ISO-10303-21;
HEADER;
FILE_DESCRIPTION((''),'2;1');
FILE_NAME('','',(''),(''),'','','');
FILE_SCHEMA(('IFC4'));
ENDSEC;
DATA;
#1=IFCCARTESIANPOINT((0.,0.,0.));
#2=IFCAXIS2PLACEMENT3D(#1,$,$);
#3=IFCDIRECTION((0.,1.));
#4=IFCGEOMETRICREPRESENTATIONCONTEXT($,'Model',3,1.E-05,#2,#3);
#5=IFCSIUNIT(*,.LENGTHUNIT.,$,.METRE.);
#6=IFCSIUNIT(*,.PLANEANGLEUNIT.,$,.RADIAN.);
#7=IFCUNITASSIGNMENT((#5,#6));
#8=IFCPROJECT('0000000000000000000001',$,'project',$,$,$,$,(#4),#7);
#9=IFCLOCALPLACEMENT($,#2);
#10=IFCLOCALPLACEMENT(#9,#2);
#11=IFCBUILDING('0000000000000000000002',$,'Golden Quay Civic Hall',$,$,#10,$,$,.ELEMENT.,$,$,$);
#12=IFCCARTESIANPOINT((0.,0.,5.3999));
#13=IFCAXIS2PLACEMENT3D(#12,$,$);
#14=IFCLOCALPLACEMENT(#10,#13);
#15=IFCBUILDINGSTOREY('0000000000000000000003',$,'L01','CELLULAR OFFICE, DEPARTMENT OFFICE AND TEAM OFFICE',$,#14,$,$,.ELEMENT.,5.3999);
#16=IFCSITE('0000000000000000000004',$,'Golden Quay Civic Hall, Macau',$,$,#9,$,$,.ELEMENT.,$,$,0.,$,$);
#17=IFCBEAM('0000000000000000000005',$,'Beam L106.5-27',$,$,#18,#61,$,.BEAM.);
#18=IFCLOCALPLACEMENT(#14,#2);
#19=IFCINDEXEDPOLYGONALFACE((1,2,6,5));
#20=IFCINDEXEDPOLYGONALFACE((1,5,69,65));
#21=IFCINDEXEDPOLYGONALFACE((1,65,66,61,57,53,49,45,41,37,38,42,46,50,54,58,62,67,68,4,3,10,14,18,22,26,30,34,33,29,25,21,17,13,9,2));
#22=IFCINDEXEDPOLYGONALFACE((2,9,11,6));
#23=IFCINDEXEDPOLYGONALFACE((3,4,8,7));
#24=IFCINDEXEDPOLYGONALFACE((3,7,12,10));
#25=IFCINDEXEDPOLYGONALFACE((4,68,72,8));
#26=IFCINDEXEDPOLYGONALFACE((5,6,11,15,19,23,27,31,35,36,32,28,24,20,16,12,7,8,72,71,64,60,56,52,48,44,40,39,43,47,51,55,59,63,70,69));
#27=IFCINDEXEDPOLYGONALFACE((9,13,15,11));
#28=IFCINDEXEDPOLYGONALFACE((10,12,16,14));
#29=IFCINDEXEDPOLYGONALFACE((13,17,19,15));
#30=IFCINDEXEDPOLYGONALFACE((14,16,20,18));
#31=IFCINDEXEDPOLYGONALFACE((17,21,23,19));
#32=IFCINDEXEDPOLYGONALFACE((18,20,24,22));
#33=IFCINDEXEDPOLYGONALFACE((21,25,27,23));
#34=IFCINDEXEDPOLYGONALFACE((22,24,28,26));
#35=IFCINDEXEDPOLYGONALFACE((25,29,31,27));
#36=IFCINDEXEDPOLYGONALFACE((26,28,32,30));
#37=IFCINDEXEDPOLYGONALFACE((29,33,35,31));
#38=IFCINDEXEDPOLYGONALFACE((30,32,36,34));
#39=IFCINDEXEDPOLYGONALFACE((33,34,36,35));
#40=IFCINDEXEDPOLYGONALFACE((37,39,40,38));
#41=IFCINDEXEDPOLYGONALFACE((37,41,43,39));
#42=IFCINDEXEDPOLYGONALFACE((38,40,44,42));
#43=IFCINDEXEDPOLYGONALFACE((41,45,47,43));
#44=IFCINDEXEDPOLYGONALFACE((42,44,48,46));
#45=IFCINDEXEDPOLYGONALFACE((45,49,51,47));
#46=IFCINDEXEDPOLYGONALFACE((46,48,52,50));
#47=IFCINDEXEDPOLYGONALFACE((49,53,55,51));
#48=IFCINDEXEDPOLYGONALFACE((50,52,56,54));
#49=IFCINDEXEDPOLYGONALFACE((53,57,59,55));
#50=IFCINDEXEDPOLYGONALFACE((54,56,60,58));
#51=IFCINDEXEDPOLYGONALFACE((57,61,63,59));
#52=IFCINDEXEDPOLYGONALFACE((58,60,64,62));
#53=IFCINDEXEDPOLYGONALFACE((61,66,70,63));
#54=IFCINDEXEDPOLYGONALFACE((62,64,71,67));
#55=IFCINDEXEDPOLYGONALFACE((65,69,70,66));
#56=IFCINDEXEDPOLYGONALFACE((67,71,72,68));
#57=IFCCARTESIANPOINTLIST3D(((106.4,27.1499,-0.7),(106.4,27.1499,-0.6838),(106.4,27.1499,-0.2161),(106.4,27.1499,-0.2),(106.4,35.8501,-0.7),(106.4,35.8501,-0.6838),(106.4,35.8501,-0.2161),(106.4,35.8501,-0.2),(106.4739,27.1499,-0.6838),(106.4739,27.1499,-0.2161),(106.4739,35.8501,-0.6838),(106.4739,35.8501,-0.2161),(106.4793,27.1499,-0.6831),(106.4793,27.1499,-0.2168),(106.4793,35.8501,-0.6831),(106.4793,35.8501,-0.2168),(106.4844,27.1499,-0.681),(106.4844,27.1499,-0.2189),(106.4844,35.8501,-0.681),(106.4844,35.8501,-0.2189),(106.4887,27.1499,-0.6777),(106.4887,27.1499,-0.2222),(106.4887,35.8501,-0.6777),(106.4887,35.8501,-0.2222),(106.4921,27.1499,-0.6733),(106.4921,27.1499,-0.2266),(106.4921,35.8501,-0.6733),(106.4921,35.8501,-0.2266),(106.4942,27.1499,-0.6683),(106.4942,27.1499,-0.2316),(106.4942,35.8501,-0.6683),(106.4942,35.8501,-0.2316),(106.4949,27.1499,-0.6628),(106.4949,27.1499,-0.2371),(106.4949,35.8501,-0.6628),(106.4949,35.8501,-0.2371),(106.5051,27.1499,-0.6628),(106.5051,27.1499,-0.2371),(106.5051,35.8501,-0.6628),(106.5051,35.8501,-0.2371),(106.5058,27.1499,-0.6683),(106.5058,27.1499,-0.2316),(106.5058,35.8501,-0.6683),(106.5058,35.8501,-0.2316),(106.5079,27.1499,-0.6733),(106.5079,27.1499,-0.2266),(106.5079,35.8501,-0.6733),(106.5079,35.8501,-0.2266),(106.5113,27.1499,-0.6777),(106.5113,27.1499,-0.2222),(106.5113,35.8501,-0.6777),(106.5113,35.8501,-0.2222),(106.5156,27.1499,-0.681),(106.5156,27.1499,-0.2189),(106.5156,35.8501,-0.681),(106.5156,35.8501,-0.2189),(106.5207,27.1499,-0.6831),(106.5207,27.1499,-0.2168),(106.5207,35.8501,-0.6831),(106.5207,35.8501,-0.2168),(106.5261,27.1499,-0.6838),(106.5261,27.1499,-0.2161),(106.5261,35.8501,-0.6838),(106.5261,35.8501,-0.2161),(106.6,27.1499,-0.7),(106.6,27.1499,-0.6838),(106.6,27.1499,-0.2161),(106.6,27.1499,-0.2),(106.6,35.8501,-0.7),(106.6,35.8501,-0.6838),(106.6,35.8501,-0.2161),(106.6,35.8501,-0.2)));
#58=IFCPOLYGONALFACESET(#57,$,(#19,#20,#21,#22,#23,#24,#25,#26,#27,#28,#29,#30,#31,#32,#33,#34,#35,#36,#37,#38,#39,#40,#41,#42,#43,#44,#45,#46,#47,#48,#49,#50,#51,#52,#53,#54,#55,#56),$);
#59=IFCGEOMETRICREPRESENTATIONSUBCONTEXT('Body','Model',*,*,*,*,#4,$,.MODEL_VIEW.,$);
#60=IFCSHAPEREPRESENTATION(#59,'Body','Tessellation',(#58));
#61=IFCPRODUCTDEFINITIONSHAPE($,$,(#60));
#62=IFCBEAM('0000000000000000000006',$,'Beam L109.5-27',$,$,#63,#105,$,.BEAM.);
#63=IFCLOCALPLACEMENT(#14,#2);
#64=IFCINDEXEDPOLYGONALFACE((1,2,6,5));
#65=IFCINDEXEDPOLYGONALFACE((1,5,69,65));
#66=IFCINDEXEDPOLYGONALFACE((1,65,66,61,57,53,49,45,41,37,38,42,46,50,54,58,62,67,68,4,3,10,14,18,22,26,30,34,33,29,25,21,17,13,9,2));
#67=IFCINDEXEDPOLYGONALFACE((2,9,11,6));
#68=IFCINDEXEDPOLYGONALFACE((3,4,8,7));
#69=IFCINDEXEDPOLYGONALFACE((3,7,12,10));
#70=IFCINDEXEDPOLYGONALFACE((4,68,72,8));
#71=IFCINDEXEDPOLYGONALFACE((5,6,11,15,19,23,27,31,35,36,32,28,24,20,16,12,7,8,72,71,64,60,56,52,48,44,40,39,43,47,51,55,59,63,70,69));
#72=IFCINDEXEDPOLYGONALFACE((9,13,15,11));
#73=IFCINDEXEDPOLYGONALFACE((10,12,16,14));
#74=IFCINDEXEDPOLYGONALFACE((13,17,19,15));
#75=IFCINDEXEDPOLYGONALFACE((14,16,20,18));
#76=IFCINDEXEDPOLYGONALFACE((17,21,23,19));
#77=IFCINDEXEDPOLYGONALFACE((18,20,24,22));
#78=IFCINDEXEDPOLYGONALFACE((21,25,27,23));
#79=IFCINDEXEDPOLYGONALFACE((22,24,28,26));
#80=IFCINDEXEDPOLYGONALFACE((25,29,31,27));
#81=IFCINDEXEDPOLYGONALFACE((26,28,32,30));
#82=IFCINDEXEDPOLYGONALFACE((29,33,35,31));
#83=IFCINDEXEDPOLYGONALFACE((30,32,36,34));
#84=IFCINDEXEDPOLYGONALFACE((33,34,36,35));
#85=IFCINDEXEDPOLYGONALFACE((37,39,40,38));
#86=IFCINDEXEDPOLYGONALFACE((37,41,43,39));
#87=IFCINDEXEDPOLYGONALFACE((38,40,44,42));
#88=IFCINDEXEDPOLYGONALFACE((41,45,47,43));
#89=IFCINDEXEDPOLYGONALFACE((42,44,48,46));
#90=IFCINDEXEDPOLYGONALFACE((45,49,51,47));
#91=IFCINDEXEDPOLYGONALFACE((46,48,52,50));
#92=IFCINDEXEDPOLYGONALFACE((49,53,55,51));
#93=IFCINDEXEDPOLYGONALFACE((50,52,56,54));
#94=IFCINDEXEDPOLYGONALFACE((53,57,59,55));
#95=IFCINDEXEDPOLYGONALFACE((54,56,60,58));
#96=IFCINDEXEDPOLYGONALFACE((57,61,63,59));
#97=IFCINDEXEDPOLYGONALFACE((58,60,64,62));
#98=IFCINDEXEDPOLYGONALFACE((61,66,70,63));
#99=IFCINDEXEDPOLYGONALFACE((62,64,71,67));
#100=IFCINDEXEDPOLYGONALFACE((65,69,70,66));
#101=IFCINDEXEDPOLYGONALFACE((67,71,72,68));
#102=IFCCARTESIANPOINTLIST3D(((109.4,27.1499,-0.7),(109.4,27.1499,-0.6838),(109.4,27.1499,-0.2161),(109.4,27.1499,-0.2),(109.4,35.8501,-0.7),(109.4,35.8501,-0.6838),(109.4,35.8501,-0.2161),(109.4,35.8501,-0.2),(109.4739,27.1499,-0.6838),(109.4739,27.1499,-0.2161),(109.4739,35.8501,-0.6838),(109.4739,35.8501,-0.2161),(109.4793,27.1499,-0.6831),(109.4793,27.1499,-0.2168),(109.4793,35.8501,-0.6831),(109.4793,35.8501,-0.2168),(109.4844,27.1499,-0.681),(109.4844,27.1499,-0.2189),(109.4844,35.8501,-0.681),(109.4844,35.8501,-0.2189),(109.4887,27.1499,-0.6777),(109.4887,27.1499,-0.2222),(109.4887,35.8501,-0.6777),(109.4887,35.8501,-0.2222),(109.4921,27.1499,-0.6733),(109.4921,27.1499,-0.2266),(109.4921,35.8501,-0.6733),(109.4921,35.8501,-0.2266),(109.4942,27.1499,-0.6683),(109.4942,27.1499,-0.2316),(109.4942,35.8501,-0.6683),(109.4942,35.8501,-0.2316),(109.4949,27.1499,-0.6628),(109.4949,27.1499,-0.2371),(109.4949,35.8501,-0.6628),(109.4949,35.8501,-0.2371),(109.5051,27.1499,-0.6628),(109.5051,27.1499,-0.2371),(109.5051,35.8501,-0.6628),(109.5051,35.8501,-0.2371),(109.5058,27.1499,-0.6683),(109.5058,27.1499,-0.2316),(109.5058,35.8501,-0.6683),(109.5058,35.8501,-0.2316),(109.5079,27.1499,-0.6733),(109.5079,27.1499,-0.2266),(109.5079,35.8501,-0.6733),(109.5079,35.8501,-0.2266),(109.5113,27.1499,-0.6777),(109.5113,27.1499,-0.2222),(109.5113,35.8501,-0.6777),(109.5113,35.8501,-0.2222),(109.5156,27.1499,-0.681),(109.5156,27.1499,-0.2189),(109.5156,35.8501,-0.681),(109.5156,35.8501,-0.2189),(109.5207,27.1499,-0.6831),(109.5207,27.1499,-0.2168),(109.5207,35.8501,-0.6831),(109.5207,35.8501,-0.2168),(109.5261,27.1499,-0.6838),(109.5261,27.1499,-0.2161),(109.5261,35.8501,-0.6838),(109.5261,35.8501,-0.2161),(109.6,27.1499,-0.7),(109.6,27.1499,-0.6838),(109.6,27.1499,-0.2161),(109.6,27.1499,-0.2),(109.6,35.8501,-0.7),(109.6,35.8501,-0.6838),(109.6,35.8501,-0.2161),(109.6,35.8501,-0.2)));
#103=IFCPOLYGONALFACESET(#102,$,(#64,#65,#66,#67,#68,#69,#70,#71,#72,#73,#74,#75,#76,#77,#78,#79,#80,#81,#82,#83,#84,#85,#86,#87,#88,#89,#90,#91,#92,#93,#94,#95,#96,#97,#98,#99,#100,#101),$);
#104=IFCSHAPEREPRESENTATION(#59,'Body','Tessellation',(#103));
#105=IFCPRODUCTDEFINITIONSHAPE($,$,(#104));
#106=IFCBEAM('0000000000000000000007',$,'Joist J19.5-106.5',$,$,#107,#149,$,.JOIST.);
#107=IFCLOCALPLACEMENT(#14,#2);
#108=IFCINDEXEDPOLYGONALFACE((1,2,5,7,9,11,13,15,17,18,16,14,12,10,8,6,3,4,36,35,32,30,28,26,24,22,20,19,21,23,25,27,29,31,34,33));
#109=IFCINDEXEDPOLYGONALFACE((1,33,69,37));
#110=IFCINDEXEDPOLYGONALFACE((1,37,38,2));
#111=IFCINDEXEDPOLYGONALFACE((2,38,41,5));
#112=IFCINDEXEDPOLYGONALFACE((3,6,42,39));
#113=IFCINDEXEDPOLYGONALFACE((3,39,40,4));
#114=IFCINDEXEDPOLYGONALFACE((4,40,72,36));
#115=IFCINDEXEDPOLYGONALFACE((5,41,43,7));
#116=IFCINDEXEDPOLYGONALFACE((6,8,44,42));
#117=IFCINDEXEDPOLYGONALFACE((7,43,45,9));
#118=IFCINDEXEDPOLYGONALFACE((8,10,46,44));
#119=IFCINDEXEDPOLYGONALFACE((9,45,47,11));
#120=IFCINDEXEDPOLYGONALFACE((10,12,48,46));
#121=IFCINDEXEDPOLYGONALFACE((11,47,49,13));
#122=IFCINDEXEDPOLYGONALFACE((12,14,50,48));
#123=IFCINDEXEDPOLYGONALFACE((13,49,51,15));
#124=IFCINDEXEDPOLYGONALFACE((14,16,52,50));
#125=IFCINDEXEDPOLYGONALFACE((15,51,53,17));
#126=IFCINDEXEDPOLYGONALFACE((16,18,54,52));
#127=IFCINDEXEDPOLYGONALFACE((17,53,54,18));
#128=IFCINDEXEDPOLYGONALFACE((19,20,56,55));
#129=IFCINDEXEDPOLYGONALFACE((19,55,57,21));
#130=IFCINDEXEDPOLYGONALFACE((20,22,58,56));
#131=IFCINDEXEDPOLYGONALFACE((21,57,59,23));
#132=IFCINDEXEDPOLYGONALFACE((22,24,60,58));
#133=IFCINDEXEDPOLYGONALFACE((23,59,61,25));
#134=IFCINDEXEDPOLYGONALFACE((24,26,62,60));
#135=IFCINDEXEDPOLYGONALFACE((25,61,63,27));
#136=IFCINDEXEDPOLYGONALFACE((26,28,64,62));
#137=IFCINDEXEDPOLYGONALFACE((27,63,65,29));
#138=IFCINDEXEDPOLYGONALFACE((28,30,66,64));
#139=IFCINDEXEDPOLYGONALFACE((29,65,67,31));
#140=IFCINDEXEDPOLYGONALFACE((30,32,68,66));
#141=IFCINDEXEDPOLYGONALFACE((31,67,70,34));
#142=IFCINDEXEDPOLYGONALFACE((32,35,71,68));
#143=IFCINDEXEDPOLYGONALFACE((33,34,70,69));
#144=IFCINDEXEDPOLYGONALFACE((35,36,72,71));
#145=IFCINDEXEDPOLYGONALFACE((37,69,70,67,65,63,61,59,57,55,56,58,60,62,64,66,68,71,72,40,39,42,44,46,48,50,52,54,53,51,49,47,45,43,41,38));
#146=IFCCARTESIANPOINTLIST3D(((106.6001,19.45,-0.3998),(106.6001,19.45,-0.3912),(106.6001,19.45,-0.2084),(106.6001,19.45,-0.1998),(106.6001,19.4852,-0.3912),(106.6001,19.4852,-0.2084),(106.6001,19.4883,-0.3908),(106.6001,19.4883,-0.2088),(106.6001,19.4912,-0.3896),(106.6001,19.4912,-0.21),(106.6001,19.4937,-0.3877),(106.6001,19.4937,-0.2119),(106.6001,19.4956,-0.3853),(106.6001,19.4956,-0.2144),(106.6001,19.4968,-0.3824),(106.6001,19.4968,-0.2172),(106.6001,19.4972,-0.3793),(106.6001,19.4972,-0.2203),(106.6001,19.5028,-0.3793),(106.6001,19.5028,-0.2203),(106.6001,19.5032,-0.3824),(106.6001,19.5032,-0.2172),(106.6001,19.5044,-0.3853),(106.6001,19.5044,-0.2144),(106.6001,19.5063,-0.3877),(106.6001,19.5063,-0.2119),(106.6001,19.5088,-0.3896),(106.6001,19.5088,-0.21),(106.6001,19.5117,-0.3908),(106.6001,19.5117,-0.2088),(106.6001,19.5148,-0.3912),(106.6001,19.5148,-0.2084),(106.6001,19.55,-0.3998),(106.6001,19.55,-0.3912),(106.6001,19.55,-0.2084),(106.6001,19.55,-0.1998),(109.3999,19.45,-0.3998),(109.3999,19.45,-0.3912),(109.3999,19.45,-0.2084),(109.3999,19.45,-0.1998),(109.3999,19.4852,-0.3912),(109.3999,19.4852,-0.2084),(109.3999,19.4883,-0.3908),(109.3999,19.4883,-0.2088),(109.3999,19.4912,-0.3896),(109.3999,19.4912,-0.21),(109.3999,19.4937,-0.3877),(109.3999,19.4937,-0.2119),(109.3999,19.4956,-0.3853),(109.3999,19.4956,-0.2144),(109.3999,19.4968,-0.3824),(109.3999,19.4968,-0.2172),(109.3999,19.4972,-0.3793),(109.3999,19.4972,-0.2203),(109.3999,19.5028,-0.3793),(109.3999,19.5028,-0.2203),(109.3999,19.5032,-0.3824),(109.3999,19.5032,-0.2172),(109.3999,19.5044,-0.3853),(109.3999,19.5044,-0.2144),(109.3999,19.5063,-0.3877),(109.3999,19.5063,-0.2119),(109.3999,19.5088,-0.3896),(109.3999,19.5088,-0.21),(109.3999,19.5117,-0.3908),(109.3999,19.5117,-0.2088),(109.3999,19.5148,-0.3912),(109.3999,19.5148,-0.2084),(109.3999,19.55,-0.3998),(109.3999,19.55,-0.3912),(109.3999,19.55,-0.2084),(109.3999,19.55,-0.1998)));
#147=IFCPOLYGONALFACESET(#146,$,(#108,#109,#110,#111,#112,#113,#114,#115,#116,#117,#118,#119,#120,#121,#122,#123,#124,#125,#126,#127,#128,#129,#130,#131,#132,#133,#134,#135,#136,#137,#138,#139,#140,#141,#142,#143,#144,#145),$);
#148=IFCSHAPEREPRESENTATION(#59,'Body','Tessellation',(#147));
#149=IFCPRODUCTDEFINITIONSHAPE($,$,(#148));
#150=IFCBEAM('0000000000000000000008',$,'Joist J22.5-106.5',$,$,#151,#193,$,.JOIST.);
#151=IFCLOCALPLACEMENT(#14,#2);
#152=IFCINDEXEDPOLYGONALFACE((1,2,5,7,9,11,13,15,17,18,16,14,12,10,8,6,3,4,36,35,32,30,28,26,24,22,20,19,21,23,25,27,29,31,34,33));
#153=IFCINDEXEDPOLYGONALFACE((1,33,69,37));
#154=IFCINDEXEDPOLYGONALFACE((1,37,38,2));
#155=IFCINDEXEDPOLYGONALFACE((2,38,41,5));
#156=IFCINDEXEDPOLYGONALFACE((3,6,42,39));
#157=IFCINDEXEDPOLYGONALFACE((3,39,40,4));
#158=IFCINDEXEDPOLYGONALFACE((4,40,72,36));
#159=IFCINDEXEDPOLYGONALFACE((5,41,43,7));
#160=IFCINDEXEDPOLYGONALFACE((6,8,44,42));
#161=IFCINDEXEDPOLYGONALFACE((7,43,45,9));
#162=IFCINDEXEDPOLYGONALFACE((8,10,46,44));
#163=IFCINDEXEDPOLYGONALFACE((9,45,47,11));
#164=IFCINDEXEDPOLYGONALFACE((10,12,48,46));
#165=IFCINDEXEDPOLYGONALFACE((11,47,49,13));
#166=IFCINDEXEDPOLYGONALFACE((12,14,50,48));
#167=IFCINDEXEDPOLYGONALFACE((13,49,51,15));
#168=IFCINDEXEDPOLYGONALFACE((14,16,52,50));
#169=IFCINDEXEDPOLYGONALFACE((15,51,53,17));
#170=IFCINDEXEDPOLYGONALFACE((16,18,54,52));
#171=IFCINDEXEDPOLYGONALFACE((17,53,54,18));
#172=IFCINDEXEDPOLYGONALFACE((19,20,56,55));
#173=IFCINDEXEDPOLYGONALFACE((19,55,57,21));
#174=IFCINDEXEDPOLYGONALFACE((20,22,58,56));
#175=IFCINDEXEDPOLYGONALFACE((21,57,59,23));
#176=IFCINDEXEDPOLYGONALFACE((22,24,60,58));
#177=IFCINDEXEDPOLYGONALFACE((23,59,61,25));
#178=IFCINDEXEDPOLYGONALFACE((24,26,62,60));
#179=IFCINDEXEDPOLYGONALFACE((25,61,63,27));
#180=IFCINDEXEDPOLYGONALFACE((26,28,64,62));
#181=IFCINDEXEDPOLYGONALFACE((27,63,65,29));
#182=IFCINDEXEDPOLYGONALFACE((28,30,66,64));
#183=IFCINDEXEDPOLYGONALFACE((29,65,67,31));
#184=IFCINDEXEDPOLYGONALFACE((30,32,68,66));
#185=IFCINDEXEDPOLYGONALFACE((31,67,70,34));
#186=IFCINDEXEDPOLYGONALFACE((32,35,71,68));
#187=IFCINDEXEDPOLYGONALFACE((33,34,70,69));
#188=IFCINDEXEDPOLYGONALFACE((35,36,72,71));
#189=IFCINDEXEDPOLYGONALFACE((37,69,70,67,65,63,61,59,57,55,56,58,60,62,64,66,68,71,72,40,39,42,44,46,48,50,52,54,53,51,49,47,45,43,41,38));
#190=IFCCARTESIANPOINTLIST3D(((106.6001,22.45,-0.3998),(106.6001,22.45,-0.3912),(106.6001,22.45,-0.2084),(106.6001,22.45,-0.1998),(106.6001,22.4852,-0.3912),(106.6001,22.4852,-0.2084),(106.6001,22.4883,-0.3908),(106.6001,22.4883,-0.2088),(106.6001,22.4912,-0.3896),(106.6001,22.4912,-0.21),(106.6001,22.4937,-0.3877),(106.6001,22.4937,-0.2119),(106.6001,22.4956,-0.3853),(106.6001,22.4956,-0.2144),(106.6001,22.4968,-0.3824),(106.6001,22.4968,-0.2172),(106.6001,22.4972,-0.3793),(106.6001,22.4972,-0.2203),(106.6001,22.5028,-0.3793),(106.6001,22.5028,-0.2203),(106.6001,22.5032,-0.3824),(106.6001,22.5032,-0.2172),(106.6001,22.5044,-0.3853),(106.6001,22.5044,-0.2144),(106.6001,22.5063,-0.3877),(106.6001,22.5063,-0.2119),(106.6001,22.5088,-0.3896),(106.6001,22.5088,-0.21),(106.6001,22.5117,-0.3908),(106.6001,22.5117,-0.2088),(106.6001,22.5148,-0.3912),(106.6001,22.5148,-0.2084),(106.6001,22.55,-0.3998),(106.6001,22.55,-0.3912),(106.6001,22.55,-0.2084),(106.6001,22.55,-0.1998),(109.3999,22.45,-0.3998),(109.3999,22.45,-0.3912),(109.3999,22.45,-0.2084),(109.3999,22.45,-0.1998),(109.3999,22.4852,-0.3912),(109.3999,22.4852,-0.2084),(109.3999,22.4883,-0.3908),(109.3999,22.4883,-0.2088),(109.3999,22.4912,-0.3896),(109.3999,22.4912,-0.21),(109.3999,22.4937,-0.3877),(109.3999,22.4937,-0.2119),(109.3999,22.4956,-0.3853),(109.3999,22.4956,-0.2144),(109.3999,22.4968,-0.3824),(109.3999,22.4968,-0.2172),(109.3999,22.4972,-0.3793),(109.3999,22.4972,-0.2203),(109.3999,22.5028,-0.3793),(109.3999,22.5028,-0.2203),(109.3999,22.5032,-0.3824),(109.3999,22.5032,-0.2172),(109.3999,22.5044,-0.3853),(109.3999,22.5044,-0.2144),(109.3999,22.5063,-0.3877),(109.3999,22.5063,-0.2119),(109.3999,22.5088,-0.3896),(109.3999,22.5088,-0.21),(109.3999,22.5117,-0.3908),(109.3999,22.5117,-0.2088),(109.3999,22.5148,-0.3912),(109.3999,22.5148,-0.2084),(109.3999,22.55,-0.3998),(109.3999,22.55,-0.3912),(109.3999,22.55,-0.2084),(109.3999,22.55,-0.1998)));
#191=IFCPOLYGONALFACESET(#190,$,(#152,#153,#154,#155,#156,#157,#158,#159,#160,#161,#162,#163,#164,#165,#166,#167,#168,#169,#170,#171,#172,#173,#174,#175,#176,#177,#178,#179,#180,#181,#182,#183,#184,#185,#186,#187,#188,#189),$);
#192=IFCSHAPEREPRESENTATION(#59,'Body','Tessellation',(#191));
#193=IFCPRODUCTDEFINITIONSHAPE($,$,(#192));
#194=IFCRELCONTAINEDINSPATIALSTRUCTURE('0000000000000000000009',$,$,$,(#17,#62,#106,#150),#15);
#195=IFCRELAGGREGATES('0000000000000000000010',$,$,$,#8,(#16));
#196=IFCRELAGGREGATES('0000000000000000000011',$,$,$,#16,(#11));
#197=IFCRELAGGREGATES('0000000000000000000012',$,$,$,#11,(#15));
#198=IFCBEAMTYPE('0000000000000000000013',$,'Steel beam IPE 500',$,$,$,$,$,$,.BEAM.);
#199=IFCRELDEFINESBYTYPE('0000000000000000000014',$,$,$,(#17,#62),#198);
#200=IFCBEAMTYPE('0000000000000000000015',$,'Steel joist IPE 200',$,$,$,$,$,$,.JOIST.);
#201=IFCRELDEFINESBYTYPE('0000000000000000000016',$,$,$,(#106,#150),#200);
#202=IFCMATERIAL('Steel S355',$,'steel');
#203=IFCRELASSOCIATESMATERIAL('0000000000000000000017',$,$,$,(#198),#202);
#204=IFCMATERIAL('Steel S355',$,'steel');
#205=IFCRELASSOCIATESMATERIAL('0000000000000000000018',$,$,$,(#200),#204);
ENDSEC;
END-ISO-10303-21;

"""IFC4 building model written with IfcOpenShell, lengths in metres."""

from ifc_helpers import new_model, si_unit, direction, frame, origin, origin_2d, place, context, subcontext, project, spatial, i_section, extrude, material, material_profile, profile_set, type_object, element, save


model = new_model("IFC4")

# Units and contexts
model_context = context("Model", 3, precision=1e-05, world=origin(), true_north=direction((0.0, 1.0)))
body_context = subcontext(model_context, "Body", "Model", "MODEL_VIEW")
ifc_project = project(units=[si_unit("LENGTHUNIT", "METRE"), si_unit("PLANEANGLEUNIT", "RADIAN")], contexts=[model_context])

# Site, building, storey
site_placement = place(None, origin())
site = spatial("IfcSite", under=ifc_project, at=site_placement, Name="Golden Quay Civic Hall, Macau", CompositionType="ELEMENT", RefElevation=0.0)
building_placement = place(site_placement, origin())
building = spatial("IfcBuilding", under=site, at=building_placement, Name="Golden Quay Civic Hall", CompositionType="ELEMENT")
storey_placement = place(building_placement, frame((0.0, 0.0, 5.3999)))
storey = spatial("IfcBuildingStorey", under=building, at=storey_placement, Name="L01", Description="CELLULAR OFFICE, DEPARTMENT OFFICE AND TEAM OFFICE", CompositionType="ELEMENT", Elevation=5.3999)

# Beams
ifc_material_1 = material(Name="Steel S355", Category="steel")
ifc_material_profile_1 = material_profile(ifc_material_1, i_section(OverallWidth=0.2, OverallDepth=0.5, WebThickness=0.0103, FlangeThickness=0.0161, FilletRadius=0.021, at=origin_2d()), Name="IPE 500")
ifc_profile_set_1 = profile_set([ifc_material_profile_1], Name="Steel S355")
beam_type_1 = type_object("IfcBeamType", Name="Steel beam IPE 500", PredefinedType="BEAM", material=ifc_profile_set_1)
for number, where, z_axis, x_axis, name in (
    (1, (106.5, 27.1499, -0.45), (0.0, 1.0, 0.0), (-1.0, 0.0, 0.0), "Beam L106.5-27"),
    (2, (109.5, 27.1499, -0.45), (0.0, 1.0, 0.0), (-1.0, 0.0, 0.0), "Beam L109.5-27"),
):
    element("IfcBeam", number, at=place(storey_placement, frame(where, z_axis=z_axis, x_axis=x_axis)), inside=storey, type_object=beam_type_1, Name=name, PredefinedType="BEAM", context=body_context, shape_type="SweptSolid", body=[
        extrude(i_section(OverallWidth=0.2, OverallDepth=0.5, WebThickness=0.0103, FlangeThickness=0.0161, FilletRadius=0.021, at=origin_2d()), origin(), (0.0, 0.0, 1.0), 8.7002),
    ])
ifc_material_2 = material(Name="Steel S355", Category="steel")
ifc_material_profile_2 = material_profile(ifc_material_2, i_section(OverallWidth=0.1001, OverallDepth=0.2, WebThickness=0.0056, FlangeThickness=0.0085, FilletRadius=0.012, at=origin_2d()), Name="IPE 200")
ifc_profile_set_2 = profile_set([ifc_material_profile_2], Name="Steel S355")
beam_type_2 = type_object("IfcBeamType", Name="Steel joist IPE 200", PredefinedType="JOIST", material=ifc_profile_set_2)
for number, where, z_axis, x_axis, name in (
    (3, (106.6001, 19.5, -0.2998), (1.0, 0.0, 0.0), (0.0, 1.0, 0.0), "Joist J19.5-106.5"),
    (4, (106.6001, 22.5, -0.2998), (1.0, 0.0, 0.0), (0.0, 1.0, 0.0), "Joist J22.5-106.5"),
):
    element("IfcBeam", number, at=place(storey_placement, frame(where, z_axis=z_axis, x_axis=x_axis)), inside=storey, type_object=beam_type_2, Name=name, PredefinedType="JOIST", context=body_context, shape_type="SweptSolid", body=[
        extrude(i_section(OverallWidth=0.1001, OverallDepth=0.2, WebThickness=0.0056, FlangeThickness=0.0085, FilletRadius=0.012, at=origin_2d()), origin(), (0.0, 0.0, 1.0), 2.7998),
    ])

save(model, "model.ifc")
